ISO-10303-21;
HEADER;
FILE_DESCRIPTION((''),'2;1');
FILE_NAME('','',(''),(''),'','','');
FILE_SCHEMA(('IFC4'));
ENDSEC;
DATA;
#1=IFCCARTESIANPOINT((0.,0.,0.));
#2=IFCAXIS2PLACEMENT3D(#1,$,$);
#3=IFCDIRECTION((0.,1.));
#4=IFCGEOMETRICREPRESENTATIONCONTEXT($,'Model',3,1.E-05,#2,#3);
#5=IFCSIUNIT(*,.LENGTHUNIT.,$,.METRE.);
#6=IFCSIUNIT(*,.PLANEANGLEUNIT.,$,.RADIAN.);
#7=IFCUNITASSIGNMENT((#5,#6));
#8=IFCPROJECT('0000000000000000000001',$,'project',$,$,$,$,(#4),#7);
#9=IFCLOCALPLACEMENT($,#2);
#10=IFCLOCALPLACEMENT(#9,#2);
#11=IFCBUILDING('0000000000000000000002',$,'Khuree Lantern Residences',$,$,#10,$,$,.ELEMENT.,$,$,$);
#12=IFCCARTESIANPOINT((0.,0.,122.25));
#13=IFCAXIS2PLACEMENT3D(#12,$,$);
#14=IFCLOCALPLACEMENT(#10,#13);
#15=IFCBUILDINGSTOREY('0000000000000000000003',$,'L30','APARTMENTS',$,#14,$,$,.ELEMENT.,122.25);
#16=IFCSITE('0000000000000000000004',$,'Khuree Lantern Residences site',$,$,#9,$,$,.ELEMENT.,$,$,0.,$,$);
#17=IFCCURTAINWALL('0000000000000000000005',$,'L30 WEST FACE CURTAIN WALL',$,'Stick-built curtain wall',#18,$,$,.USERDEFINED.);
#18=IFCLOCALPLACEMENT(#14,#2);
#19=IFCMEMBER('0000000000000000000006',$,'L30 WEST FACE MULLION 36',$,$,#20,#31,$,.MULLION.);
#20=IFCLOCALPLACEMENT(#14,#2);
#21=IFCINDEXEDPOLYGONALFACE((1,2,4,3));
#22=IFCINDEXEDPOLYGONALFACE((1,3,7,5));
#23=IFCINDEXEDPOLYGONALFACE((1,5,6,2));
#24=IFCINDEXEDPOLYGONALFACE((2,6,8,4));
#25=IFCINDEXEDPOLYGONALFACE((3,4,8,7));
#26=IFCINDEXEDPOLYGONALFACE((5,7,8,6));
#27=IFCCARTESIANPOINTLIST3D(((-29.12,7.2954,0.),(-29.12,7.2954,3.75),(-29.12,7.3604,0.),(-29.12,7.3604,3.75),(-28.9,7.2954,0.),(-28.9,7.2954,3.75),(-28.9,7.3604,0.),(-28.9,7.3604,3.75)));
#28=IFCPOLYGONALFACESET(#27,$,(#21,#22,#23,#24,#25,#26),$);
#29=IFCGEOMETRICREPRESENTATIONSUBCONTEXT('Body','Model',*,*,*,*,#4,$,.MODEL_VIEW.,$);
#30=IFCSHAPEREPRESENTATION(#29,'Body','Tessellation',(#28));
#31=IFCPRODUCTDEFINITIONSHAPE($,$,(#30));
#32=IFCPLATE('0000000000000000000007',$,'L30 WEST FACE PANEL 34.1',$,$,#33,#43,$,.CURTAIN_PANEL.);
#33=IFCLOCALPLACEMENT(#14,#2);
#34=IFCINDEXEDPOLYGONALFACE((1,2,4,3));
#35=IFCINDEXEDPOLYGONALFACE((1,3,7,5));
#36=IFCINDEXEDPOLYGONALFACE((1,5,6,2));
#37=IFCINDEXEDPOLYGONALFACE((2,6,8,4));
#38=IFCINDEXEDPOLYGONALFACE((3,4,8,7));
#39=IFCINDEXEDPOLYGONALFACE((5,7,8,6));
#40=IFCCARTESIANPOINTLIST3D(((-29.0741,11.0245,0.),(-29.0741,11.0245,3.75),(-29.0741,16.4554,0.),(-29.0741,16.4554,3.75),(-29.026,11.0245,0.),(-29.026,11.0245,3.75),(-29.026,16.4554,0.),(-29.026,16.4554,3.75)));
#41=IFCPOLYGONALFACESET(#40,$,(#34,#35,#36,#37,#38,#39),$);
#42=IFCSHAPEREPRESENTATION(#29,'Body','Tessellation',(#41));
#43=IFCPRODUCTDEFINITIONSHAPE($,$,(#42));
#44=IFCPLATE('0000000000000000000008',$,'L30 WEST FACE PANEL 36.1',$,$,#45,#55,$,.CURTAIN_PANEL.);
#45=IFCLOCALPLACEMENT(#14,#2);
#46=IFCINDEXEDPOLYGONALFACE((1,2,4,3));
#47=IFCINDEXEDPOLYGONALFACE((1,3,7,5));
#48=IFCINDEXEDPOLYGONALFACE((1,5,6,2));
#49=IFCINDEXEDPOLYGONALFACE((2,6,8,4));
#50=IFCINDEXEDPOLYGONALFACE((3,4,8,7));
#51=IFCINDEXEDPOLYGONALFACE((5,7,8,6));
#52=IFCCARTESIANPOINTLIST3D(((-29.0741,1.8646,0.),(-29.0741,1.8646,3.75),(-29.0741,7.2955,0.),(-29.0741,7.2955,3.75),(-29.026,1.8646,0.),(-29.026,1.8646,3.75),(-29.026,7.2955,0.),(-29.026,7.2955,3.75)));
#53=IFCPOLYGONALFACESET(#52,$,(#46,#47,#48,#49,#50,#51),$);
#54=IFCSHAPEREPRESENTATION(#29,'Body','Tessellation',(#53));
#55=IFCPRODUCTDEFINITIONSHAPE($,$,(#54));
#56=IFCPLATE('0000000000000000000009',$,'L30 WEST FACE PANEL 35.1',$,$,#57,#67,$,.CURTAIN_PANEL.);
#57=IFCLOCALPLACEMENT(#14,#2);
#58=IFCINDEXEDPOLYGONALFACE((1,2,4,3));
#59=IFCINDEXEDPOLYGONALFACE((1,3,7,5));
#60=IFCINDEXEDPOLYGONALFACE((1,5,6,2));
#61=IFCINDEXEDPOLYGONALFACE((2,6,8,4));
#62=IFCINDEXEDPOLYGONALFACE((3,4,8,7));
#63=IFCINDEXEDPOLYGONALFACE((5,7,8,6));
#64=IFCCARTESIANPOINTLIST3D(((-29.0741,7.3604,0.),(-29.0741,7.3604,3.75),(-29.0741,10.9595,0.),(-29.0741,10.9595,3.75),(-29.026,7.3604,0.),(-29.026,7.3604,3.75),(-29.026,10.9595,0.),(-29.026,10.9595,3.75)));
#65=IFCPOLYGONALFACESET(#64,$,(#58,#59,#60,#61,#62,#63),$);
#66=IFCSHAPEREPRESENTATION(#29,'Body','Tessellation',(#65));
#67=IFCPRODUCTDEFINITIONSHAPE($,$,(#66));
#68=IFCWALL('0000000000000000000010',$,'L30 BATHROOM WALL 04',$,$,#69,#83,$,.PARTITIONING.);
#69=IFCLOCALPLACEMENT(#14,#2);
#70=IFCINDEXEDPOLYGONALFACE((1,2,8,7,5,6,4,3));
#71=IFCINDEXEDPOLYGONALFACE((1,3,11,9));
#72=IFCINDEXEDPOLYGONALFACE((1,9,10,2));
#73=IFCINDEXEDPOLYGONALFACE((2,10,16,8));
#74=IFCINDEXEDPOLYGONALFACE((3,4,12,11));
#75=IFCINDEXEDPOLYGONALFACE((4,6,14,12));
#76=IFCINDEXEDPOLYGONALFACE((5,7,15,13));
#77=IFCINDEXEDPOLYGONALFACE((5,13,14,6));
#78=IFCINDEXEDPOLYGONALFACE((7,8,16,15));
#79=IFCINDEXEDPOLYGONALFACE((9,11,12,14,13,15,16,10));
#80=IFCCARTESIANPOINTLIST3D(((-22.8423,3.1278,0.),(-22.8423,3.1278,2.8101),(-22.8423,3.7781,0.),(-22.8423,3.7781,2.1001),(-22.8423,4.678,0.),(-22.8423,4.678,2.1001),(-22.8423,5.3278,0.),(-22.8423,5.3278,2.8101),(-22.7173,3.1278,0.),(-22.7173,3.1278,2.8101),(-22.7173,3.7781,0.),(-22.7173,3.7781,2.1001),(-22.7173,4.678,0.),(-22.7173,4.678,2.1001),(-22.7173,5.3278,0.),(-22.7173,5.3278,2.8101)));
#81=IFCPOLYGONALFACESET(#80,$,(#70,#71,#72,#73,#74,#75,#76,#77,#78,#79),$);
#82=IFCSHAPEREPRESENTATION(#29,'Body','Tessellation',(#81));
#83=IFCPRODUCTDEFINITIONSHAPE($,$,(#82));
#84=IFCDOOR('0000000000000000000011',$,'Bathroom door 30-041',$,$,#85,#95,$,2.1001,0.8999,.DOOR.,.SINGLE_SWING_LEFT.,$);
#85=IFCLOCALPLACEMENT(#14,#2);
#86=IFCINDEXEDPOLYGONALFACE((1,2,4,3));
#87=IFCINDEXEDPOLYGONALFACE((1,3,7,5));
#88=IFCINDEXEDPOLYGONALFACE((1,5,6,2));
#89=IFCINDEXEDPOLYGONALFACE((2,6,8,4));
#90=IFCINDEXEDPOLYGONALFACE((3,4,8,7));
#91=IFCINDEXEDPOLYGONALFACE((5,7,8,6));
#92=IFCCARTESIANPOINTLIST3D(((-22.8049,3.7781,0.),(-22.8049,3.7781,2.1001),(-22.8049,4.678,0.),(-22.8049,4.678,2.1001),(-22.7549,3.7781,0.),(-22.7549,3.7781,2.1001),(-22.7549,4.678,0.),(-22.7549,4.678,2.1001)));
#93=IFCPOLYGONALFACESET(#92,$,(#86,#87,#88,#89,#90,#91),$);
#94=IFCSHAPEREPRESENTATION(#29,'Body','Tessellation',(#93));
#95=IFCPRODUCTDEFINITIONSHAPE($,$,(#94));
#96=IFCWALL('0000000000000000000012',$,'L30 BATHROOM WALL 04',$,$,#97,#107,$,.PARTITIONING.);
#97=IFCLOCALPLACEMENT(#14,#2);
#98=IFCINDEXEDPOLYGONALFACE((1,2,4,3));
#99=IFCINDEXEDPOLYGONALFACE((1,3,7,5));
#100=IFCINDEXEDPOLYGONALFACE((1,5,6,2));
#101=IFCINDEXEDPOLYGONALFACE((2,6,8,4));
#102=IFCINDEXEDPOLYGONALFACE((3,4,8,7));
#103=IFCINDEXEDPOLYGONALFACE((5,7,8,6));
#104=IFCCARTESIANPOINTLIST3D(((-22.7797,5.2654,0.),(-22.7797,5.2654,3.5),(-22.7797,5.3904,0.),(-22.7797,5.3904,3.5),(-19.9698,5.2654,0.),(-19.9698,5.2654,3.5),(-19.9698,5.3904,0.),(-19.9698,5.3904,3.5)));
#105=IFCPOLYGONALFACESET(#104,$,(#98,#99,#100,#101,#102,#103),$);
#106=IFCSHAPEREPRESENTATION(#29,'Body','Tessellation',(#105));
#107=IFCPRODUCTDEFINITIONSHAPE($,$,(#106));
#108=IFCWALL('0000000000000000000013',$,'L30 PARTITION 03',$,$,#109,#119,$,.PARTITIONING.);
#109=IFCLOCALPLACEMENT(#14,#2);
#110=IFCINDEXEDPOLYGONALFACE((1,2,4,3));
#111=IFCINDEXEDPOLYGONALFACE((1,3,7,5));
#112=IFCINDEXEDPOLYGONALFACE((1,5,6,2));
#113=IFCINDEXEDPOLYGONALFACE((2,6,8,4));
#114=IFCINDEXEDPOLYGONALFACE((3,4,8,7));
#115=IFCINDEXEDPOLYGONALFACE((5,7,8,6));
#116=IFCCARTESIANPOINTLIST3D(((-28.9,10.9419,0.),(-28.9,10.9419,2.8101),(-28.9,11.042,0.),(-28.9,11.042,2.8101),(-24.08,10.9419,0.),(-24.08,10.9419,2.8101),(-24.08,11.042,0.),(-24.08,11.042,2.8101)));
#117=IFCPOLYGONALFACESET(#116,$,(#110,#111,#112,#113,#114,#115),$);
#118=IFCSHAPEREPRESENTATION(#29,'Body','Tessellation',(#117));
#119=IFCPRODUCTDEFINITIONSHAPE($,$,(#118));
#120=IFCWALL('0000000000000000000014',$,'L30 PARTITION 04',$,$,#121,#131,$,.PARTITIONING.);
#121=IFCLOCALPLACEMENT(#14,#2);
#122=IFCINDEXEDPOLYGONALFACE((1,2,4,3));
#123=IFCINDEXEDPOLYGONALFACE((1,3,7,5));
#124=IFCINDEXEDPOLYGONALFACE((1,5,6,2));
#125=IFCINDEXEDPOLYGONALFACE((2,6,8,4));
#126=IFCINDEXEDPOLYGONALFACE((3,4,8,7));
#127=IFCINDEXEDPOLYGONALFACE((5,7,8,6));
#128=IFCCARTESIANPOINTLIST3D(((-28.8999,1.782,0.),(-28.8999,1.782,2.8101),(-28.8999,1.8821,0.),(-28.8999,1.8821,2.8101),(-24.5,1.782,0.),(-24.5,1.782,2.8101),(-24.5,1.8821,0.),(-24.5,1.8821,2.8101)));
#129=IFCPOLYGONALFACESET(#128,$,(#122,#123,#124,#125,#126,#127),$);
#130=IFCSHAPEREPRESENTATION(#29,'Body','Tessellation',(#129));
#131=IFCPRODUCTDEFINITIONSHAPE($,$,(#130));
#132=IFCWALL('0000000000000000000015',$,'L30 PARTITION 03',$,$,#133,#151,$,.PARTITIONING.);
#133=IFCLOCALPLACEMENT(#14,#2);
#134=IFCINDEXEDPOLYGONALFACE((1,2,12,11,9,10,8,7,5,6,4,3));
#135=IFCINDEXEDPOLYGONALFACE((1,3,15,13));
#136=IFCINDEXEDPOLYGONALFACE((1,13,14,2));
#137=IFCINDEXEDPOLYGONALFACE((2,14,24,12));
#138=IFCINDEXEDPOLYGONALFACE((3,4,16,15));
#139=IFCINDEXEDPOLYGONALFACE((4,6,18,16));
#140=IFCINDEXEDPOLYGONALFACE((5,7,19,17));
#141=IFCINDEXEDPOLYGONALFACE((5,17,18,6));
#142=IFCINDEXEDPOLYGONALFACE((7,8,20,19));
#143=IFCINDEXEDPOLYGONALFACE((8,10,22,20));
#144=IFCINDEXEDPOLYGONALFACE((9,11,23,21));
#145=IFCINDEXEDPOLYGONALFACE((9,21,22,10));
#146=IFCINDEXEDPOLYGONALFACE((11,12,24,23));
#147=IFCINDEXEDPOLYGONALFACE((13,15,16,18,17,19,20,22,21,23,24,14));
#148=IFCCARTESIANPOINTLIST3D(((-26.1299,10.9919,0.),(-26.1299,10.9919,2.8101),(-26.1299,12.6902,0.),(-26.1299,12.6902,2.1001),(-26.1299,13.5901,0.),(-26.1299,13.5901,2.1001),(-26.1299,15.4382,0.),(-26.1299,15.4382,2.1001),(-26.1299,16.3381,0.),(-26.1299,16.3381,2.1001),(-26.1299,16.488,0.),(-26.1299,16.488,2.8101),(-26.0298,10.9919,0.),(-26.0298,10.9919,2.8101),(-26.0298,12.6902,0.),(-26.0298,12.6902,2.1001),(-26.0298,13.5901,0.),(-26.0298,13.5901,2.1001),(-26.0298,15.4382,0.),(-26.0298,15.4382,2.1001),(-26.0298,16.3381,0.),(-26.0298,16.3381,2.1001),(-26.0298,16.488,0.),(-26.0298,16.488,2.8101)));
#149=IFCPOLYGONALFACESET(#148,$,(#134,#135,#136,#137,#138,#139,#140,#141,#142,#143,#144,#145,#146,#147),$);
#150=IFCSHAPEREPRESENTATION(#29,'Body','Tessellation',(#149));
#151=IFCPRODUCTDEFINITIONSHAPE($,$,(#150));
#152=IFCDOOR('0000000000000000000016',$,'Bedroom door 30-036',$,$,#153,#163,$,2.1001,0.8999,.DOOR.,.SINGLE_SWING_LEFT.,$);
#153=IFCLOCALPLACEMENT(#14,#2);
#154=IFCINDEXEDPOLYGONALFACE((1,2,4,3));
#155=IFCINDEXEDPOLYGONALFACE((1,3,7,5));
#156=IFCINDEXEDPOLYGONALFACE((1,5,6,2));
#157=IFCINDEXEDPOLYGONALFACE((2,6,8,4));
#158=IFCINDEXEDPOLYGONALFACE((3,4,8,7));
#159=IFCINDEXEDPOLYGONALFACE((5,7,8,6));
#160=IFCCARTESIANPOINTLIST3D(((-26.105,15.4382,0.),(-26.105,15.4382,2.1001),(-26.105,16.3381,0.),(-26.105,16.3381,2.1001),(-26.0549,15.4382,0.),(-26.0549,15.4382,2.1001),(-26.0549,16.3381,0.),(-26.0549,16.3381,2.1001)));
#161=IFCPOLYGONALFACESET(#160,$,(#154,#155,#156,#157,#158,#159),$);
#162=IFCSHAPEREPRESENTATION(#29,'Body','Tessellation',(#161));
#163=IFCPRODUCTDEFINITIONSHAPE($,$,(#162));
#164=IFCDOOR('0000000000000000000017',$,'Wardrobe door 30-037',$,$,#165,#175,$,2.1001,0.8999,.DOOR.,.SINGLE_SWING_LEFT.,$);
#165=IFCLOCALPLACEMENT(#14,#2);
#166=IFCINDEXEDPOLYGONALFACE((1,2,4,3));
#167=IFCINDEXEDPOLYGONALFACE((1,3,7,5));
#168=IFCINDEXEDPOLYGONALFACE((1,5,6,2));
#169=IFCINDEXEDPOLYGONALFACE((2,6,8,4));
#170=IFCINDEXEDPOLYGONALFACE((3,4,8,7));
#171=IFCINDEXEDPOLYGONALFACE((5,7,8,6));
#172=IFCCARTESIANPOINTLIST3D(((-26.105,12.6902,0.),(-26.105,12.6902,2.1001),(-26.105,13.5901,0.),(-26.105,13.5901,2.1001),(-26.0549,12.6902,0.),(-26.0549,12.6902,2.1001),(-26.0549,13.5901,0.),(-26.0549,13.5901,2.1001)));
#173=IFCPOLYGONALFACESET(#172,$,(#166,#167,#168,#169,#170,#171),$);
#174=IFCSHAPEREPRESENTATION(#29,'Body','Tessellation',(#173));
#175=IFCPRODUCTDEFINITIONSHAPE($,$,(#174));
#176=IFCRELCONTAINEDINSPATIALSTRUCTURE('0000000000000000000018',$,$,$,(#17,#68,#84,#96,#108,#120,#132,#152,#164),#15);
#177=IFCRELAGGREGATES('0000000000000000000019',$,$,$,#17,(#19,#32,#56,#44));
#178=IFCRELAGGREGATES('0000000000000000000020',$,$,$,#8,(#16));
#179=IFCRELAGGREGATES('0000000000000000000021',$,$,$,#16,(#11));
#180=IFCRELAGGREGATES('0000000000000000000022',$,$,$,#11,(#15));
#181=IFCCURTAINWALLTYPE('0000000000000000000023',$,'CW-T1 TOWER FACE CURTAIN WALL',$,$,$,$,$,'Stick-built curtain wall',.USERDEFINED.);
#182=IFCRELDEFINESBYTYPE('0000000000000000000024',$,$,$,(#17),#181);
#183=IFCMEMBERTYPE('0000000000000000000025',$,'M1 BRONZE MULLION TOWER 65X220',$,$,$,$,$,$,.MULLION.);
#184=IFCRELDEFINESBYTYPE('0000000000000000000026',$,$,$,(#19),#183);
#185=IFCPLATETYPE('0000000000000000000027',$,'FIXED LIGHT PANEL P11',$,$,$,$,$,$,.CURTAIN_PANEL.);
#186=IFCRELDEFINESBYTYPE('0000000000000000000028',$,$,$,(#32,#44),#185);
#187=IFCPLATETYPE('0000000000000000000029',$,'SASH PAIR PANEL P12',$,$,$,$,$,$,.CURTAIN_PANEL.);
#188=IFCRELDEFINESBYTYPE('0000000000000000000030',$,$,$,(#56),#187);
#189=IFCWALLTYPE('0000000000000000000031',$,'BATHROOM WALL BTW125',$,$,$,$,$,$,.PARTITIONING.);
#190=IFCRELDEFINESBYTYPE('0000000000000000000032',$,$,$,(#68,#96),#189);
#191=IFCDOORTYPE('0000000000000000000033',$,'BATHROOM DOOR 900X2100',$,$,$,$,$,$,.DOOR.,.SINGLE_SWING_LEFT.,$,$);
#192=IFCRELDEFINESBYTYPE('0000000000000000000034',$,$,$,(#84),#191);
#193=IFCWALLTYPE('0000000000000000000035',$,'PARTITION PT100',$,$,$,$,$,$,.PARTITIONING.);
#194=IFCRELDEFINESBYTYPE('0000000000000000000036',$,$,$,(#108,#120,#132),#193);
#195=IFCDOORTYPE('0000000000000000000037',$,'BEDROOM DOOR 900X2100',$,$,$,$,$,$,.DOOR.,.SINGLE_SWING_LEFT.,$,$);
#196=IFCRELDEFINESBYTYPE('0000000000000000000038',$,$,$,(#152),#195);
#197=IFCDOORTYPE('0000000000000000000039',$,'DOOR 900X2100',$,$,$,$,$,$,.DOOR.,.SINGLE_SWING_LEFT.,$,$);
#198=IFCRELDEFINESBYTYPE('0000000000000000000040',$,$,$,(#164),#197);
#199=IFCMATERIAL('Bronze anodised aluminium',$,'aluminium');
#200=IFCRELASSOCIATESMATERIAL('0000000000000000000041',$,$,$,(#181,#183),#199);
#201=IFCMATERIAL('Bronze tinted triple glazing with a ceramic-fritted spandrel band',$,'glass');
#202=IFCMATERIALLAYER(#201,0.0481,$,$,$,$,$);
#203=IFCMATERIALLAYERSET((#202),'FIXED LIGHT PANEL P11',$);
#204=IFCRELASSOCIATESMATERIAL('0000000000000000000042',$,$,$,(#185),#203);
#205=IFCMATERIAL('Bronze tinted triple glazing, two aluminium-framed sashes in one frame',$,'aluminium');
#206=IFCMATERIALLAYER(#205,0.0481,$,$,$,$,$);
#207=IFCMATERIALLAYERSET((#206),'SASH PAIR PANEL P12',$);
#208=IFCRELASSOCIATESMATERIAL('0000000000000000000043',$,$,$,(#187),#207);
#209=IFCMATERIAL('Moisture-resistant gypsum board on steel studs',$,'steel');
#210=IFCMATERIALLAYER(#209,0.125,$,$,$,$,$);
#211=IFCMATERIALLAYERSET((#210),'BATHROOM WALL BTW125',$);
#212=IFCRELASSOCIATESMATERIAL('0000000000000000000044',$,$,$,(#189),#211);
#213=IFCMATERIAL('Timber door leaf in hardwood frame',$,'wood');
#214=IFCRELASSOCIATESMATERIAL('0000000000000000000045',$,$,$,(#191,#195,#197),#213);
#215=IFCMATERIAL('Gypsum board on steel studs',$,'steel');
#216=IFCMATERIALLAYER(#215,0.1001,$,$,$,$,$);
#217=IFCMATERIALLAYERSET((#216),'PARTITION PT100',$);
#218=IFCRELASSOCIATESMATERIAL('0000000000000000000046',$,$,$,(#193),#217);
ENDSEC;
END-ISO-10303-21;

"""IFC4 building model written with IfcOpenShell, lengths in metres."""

from ifc_helpers import new_model, si_unit, direction, frame, frame_2d, origin, origin_2d, place, context, subcontext, project, spatial, rectangle, extrude, material, layer, layer_set, material_profile, profile_set, type_object, element, fill, aggregate, save


model = new_model("IFC4")

# Units and contexts
model_context = context("Model", 3, precision=1e-05, world=origin(), true_north=direction((0.0, 1.0)))
body_context = subcontext(model_context, "Body", "Model", "MODEL_VIEW")
ifc_project = project(units=[si_unit("LENGTHUNIT", "METRE"), si_unit("PLANEANGLEUNIT", "RADIAN")], contexts=[model_context])

# Site, building, storey
site_placement = place(None, origin())
site = spatial("IfcSite", under=ifc_project, at=site_placement, Name="Khuree Lantern Residences site", CompositionType="ELEMENT", RefElevation=0.0)
building_placement = place(site_placement, origin())
building = spatial("IfcBuilding", under=site, at=building_placement, Name="Khuree Lantern Residences", CompositionType="ELEMENT")
storey_placement = place(building_placement, frame((0.0, 0.0, 122.25)))
storey = spatial("IfcBuildingStorey", under=building, at=storey_placement, Name="L30", Description="APARTMENTS", CompositionType="ELEMENT", Elevation=122.25)

# Curtain wall
ifc_material_1 = material(Name="Bronze anodised aluminium", Category="aluminium")
curtain_wall_type = type_object("IfcCurtainWallType", Name="CW-T1 TOWER FACE CURTAIN WALL", ElementType="Stick-built curtain wall", PredefinedType="USERDEFINED", material=ifc_material_1)
curtain_wall_placement = place(storey_placement, origin())
curtain_wall = element("IfcCurtainWall", 1, at=curtain_wall_placement, inside=storey, type_object=curtain_wall_type, Name="L30 WEST FACE CURTAIN WALL", ObjectType="Stick-built curtain wall", PredefinedType="USERDEFINED")

# Member
ifc_material_profile_1 = material_profile(ifc_material_1, rectangle(XDim=0.0649, YDim=0.22, at=origin_2d()), Name="M1 65X220")
ifc_profile_set_1 = profile_set([ifc_material_profile_1], Name="Bronze anodised aluminium")
member_type_1 = type_object("IfcMemberType", Name="M1 BRONZE MULLION TOWER 65X220", PredefinedType="MULLION", material=ifc_profile_set_1)
member_1_placement = place(storey_placement, frame((-29.01, 7.3279, 0.0), z_axis=(0.0, 0.0, 1.0), x_axis=(0.0, -1.0, 0.0)))
member_1 = element("IfcMember", 2, at=member_1_placement, type_object=member_type_1, Name="L30 WEST FACE MULLION 36", PredefinedType="MULLION", context=body_context, shape_type="SweptSolid", body=[
    extrude(rectangle(XDim=0.0649, YDim=0.22, at=origin_2d()), origin(), (0.0, 0.0, 1.0), 3.75),
])

# Plates
ifc_material_2 = material(Name="Bronze tinted triple glazing with a ceramic-fritted spandrel band", Category="glass")
ifc_layer_1 = layer(ifc_material_2, 0.0481)
ifc_layer_set_1 = layer_set([ifc_layer_1], Name="FIXED LIGHT PANEL P11")
plate_type_1 = type_object("IfcPlateType", Name="FIXED LIGHT PANEL P11", PredefinedType="CURTAIN_PANEL", material=ifc_layer_set_1)
plate_1_placement = place(storey_placement, frame((-29.05, 13.74, 0.0), z_axis=(0.0, 0.0, 1.0), x_axis=(0.0, -1.0, 0.0)))
plate_1 = element("IfcPlate", 3, at=plate_1_placement, type_object=plate_type_1, Name="L30 WEST FACE PANEL 34.1", PredefinedType="CURTAIN_PANEL", context=body_context, shape_type="SweptSolid", body=[
    extrude(rectangle(XDim=5.4309, YDim=0.0481, at=origin_2d()), origin(), (0.0, 0.0, 1.0), 3.75),
])
plate_2_placement = place(storey_placement, frame((-29.05, 4.5801, 0.0), z_axis=(0.0, 0.0, 1.0), x_axis=(0.0, -1.0, 0.0)))
plate_2 = element("IfcPlate", 4, at=plate_2_placement, type_object=plate_type_1, Name="L30 WEST FACE PANEL 36.1", PredefinedType="CURTAIN_PANEL", context=body_context, shape_type="SweptSolid", body=[
    extrude(rectangle(XDim=5.4309, YDim=0.0481, at=origin_2d()), origin(), (0.0, 0.0, 1.0), 3.75),
])
ifc_material_3 = material(Name="Bronze tinted triple glazing, two aluminium-framed sashes in one frame", Category="aluminium")
ifc_layer_2 = layer(ifc_material_3, 0.0481)
ifc_layer_set_2 = layer_set([ifc_layer_2], Name="SASH PAIR PANEL P12")
plate_type_2 = type_object("IfcPlateType", Name="SASH PAIR PANEL P12", PredefinedType="CURTAIN_PANEL", material=ifc_layer_set_2)
plate_3_placement = place(storey_placement, frame((-29.05, 9.1599, 0.0), z_axis=(0.0, 0.0, 1.0), x_axis=(0.0, -1.0, 0.0)))
plate_3 = element("IfcPlate", 5, at=plate_3_placement, type_object=plate_type_2, Name="L30 WEST FACE PANEL 35.1", PredefinedType="CURTAIN_PANEL", context=body_context, shape_type="SweptSolid", body=[
    extrude(rectangle(XDim=3.5991, YDim=0.0481, at=origin_2d()), origin(), (0.0, 0.0, 1.0), 3.75),
])
aggregate(curtain_wall, [member_1, plate_1, plate_3, plate_2])

# Wall, opening, door
ifc_material_4 = material(Name="Moisture-resistant gypsum board on steel studs", Category="steel")
ifc_layer_3 = layer(ifc_material_4, 0.125)
ifc_layer_set_3 = layer_set([ifc_layer_3], Name="BATHROOM WALL BTW125")
wall_type_1 = type_object("IfcWallType", Name="BATHROOM WALL BTW125", PredefinedType="PARTITIONING", material=ifc_layer_set_3)
wall_1_placement = place(storey_placement, frame((-22.7798, 5.3279, 0.0), z_axis=(0.0, 0.0, 1.0), x_axis=(0.0, -1.0, 0.0)))
wall_1 = element("IfcWall", 6, at=wall_1_placement, inside=storey, type_object=wall_type_1, Name="L30 BATHROOM WALL 04", PredefinedType="PARTITIONING", context=body_context, shape_type="SweptSolid", body=[
    extrude(rectangle(XDim=2.2, YDim=0.125, at=frame_2d((1.1001, 0.0))), origin(), (0.0, 0.0, 1.0), 2.8101),
])
opening_1_placement = place(wall_1_placement, frame((0.6499, 0.0, 0.0)))
opening_1 = element("IfcOpeningElement", 7, at=opening_1_placement, cuts=wall_1, PredefinedType="OPENING", context=body_context, shape_type="SweptSolid", body=[
    extrude(rectangle(XDim=0.8999, YDim=2.1001, at=frame_2d((0.45, 1.05))), frame((0.0, 0.0725, 0.0), z_axis=(0.0, -1.0, 0.0), x_axis=(1.0, 0.0, 0.0)), (0.0, 0.0, 1.0), 0.145),
])
ifc_material_5 = material(Name="Timber door leaf in hardwood frame", Category="wood")
door_type_1 = type_object("IfcDoorType", Name="BATHROOM DOOR 900X2100", OperationType="SINGLE_SWING_LEFT", PredefinedType="DOOR", material=ifc_material_5)
door_1_placement = place(opening_1_placement, origin())
door_1 = element("IfcDoor", 8, at=door_1_placement, inside=storey, type_object=door_type_1, Name="Bathroom door 30-041", OperationType="SINGLE_SWING_LEFT", OverallHeight=2.1001, OverallWidth=0.8999, PredefinedType="DOOR", context=body_context, shape_type="SweptSolid", body=[
    extrude(rectangle(XDim=0.8999, YDim=2.1001, at=frame_2d((0.45, 1.05))), frame((0.0, 0.0249, 0.0), z_axis=(0.0, -1.0, 0.0), x_axis=(1.0, 0.0, 0.0)), (0.0, 0.0, 1.0), 0.05),
])
fill(opening_1, door_1)

# Walls
wall_2_placement = place(storey_placement, frame((-19.97, 5.3279, 0.0), z_axis=(0.0, 0.0, 1.0), x_axis=(-1.0, 0.0, 0.0)))
element("IfcWall", 9, at=wall_2_placement, inside=storey, type_object=wall_type_1, Name="L30 BATHROOM WALL 04", PredefinedType="PARTITIONING", context=body_context, shape_type="SweptSolid", body=[
    extrude(rectangle(XDim=2.8098, YDim=0.125, at=frame_2d((1.4048, 0.0))), origin(), (0.0, 0.0, 1.0), 3.5),
])
ifc_material_6 = material(Name="Gypsum board on steel studs", Category="steel")
ifc_layer_4 = layer(ifc_material_6, 0.1001)
ifc_layer_set_4 = layer_set([ifc_layer_4], Name="PARTITION PT100")
wall_type_2 = type_object("IfcWallType", Name="PARTITION PT100", PredefinedType="PARTITIONING", material=ifc_layer_set_4)
wall_3_placement = place(storey_placement, frame((-24.0798, 10.9919, 0.0), z_axis=(0.0, 0.0, 1.0), x_axis=(-1.0, 0.0, 0.0)))
element("IfcWall", 10, at=wall_3_placement, inside=storey, type_object=wall_type_2, Name="L30 PARTITION 03", PredefinedType="PARTITIONING", context=body_context, shape_type="SweptSolid", body=[
    extrude(rectangle(XDim=4.8201, YDim=0.1001, at=frame_2d((2.4102, 0.0))), origin(), (0.0, 0.0, 1.0), 2.8101),
])
wall_4_placement = place(storey_placement, frame((-24.5, 1.832, 0.0), z_axis=(0.0, 0.0, 1.0), x_axis=(-1.0, 0.0, 0.0)))
element("IfcWall", 11, at=wall_4_placement, inside=storey, type_object=wall_type_2, Name="L30 PARTITION 04", PredefinedType="PARTITIONING", context=body_context, shape_type="SweptSolid", body=[
    extrude(rectangle(XDim=4.3999, YDim=0.1001, at=frame_2d((2.2, 0.0))), origin(), (0.0, 0.0, 1.0), 2.8101),
])

# Wall, openings, doors
wall_5_placement = place(storey_placement, frame((-26.0798, 16.488, 0.0), z_axis=(0.0, 0.0, 1.0), x_axis=(0.0, -1.0, 0.0)))
wall_5 = element("IfcWall", 12, at=wall_5_placement, inside=storey, type_object=wall_type_2, Name="L30 PARTITION 03", PredefinedType="PARTITIONING", context=body_context, shape_type="SweptSolid", body=[
    extrude(rectangle(XDim=5.4961, YDim=0.1001, at=frame_2d((2.748, 0.0))), origin(), (0.0, 0.0, 1.0), 2.8101),
])
opening_2_placement = place(wall_5_placement, frame((0.1499, 0.0, 0.0)))
opening_2 = element("IfcOpeningElement", 13, at=opening_2_placement, cuts=wall_5, PredefinedType="OPENING", context=body_context, shape_type="SweptSolid", body=[
    extrude(rectangle(XDim=0.8999, YDim=2.1001, at=frame_2d((0.45, 1.05))), frame((0.0, 0.0601, 0.0), z_axis=(0.0, -1.0, 0.0), x_axis=(1.0, 0.0, 0.0)), (0.0, 0.0, 1.0), 0.1201),
])
opening_3_placement = place(wall_5_placement, frame((2.8979, 0.0, 0.0)))
opening_3 = element("IfcOpeningElement", 14, at=opening_3_placement, cuts=wall_5, PredefinedType="OPENING", context=body_context, shape_type="SweptSolid", body=[
    extrude(rectangle(XDim=0.8999, YDim=2.1001, at=frame_2d((0.45, 1.05))), frame((0.0, 0.0601, 0.0), z_axis=(0.0, -1.0, 0.0), x_axis=(1.0, 0.0, 0.0)), (0.0, 0.0, 1.0), 0.1201),
])
door_type_2 = type_object("IfcDoorType", Name="BEDROOM DOOR 900X2100", OperationType="SINGLE_SWING_LEFT", PredefinedType="DOOR", material=ifc_material_5)
door_2_placement = place(opening_2_placement, origin())
door_2 = element("IfcDoor", 15, at=door_2_placement, inside=storey, type_object=door_type_2, Name="Bedroom door 30-036", OperationType="SINGLE_SWING_LEFT", OverallHeight=2.1001, OverallWidth=0.8999, PredefinedType="DOOR", context=body_context, shape_type="SweptSolid", body=[
    extrude(rectangle(XDim=0.8999, YDim=2.1001, at=frame_2d((0.45, 1.05))), frame((0.0, 0.0249, 0.0), z_axis=(0.0, -1.0, 0.0), x_axis=(1.0, 0.0, 0.0)), (0.0, 0.0, 1.0), 0.05),
])
fill(opening_2, door_2)
door_type_3 = type_object("IfcDoorType", Name="DOOR 900X2100", OperationType="SINGLE_SWING_LEFT", PredefinedType="DOOR", material=ifc_material_5)
door_3_placement = place(opening_3_placement, origin())
door_3 = element("IfcDoor", 16, at=door_3_placement, inside=storey, type_object=door_type_3, Name="Wardrobe door 30-037", OperationType="SINGLE_SWING_LEFT", OverallHeight=2.1001, OverallWidth=0.8999, PredefinedType="DOOR", context=body_context, shape_type="SweptSolid", body=[
    extrude(rectangle(XDim=0.8999, YDim=2.1001, at=frame_2d((0.45, 1.05))), frame((0.0, 0.0249, 0.0), z_axis=(0.0, -1.0, 0.0), x_axis=(1.0, 0.0, 0.0)), (0.0, 0.0, 1.0), 0.05),
])
fill(opening_3, door_3)

save(model, "model.ifc")
